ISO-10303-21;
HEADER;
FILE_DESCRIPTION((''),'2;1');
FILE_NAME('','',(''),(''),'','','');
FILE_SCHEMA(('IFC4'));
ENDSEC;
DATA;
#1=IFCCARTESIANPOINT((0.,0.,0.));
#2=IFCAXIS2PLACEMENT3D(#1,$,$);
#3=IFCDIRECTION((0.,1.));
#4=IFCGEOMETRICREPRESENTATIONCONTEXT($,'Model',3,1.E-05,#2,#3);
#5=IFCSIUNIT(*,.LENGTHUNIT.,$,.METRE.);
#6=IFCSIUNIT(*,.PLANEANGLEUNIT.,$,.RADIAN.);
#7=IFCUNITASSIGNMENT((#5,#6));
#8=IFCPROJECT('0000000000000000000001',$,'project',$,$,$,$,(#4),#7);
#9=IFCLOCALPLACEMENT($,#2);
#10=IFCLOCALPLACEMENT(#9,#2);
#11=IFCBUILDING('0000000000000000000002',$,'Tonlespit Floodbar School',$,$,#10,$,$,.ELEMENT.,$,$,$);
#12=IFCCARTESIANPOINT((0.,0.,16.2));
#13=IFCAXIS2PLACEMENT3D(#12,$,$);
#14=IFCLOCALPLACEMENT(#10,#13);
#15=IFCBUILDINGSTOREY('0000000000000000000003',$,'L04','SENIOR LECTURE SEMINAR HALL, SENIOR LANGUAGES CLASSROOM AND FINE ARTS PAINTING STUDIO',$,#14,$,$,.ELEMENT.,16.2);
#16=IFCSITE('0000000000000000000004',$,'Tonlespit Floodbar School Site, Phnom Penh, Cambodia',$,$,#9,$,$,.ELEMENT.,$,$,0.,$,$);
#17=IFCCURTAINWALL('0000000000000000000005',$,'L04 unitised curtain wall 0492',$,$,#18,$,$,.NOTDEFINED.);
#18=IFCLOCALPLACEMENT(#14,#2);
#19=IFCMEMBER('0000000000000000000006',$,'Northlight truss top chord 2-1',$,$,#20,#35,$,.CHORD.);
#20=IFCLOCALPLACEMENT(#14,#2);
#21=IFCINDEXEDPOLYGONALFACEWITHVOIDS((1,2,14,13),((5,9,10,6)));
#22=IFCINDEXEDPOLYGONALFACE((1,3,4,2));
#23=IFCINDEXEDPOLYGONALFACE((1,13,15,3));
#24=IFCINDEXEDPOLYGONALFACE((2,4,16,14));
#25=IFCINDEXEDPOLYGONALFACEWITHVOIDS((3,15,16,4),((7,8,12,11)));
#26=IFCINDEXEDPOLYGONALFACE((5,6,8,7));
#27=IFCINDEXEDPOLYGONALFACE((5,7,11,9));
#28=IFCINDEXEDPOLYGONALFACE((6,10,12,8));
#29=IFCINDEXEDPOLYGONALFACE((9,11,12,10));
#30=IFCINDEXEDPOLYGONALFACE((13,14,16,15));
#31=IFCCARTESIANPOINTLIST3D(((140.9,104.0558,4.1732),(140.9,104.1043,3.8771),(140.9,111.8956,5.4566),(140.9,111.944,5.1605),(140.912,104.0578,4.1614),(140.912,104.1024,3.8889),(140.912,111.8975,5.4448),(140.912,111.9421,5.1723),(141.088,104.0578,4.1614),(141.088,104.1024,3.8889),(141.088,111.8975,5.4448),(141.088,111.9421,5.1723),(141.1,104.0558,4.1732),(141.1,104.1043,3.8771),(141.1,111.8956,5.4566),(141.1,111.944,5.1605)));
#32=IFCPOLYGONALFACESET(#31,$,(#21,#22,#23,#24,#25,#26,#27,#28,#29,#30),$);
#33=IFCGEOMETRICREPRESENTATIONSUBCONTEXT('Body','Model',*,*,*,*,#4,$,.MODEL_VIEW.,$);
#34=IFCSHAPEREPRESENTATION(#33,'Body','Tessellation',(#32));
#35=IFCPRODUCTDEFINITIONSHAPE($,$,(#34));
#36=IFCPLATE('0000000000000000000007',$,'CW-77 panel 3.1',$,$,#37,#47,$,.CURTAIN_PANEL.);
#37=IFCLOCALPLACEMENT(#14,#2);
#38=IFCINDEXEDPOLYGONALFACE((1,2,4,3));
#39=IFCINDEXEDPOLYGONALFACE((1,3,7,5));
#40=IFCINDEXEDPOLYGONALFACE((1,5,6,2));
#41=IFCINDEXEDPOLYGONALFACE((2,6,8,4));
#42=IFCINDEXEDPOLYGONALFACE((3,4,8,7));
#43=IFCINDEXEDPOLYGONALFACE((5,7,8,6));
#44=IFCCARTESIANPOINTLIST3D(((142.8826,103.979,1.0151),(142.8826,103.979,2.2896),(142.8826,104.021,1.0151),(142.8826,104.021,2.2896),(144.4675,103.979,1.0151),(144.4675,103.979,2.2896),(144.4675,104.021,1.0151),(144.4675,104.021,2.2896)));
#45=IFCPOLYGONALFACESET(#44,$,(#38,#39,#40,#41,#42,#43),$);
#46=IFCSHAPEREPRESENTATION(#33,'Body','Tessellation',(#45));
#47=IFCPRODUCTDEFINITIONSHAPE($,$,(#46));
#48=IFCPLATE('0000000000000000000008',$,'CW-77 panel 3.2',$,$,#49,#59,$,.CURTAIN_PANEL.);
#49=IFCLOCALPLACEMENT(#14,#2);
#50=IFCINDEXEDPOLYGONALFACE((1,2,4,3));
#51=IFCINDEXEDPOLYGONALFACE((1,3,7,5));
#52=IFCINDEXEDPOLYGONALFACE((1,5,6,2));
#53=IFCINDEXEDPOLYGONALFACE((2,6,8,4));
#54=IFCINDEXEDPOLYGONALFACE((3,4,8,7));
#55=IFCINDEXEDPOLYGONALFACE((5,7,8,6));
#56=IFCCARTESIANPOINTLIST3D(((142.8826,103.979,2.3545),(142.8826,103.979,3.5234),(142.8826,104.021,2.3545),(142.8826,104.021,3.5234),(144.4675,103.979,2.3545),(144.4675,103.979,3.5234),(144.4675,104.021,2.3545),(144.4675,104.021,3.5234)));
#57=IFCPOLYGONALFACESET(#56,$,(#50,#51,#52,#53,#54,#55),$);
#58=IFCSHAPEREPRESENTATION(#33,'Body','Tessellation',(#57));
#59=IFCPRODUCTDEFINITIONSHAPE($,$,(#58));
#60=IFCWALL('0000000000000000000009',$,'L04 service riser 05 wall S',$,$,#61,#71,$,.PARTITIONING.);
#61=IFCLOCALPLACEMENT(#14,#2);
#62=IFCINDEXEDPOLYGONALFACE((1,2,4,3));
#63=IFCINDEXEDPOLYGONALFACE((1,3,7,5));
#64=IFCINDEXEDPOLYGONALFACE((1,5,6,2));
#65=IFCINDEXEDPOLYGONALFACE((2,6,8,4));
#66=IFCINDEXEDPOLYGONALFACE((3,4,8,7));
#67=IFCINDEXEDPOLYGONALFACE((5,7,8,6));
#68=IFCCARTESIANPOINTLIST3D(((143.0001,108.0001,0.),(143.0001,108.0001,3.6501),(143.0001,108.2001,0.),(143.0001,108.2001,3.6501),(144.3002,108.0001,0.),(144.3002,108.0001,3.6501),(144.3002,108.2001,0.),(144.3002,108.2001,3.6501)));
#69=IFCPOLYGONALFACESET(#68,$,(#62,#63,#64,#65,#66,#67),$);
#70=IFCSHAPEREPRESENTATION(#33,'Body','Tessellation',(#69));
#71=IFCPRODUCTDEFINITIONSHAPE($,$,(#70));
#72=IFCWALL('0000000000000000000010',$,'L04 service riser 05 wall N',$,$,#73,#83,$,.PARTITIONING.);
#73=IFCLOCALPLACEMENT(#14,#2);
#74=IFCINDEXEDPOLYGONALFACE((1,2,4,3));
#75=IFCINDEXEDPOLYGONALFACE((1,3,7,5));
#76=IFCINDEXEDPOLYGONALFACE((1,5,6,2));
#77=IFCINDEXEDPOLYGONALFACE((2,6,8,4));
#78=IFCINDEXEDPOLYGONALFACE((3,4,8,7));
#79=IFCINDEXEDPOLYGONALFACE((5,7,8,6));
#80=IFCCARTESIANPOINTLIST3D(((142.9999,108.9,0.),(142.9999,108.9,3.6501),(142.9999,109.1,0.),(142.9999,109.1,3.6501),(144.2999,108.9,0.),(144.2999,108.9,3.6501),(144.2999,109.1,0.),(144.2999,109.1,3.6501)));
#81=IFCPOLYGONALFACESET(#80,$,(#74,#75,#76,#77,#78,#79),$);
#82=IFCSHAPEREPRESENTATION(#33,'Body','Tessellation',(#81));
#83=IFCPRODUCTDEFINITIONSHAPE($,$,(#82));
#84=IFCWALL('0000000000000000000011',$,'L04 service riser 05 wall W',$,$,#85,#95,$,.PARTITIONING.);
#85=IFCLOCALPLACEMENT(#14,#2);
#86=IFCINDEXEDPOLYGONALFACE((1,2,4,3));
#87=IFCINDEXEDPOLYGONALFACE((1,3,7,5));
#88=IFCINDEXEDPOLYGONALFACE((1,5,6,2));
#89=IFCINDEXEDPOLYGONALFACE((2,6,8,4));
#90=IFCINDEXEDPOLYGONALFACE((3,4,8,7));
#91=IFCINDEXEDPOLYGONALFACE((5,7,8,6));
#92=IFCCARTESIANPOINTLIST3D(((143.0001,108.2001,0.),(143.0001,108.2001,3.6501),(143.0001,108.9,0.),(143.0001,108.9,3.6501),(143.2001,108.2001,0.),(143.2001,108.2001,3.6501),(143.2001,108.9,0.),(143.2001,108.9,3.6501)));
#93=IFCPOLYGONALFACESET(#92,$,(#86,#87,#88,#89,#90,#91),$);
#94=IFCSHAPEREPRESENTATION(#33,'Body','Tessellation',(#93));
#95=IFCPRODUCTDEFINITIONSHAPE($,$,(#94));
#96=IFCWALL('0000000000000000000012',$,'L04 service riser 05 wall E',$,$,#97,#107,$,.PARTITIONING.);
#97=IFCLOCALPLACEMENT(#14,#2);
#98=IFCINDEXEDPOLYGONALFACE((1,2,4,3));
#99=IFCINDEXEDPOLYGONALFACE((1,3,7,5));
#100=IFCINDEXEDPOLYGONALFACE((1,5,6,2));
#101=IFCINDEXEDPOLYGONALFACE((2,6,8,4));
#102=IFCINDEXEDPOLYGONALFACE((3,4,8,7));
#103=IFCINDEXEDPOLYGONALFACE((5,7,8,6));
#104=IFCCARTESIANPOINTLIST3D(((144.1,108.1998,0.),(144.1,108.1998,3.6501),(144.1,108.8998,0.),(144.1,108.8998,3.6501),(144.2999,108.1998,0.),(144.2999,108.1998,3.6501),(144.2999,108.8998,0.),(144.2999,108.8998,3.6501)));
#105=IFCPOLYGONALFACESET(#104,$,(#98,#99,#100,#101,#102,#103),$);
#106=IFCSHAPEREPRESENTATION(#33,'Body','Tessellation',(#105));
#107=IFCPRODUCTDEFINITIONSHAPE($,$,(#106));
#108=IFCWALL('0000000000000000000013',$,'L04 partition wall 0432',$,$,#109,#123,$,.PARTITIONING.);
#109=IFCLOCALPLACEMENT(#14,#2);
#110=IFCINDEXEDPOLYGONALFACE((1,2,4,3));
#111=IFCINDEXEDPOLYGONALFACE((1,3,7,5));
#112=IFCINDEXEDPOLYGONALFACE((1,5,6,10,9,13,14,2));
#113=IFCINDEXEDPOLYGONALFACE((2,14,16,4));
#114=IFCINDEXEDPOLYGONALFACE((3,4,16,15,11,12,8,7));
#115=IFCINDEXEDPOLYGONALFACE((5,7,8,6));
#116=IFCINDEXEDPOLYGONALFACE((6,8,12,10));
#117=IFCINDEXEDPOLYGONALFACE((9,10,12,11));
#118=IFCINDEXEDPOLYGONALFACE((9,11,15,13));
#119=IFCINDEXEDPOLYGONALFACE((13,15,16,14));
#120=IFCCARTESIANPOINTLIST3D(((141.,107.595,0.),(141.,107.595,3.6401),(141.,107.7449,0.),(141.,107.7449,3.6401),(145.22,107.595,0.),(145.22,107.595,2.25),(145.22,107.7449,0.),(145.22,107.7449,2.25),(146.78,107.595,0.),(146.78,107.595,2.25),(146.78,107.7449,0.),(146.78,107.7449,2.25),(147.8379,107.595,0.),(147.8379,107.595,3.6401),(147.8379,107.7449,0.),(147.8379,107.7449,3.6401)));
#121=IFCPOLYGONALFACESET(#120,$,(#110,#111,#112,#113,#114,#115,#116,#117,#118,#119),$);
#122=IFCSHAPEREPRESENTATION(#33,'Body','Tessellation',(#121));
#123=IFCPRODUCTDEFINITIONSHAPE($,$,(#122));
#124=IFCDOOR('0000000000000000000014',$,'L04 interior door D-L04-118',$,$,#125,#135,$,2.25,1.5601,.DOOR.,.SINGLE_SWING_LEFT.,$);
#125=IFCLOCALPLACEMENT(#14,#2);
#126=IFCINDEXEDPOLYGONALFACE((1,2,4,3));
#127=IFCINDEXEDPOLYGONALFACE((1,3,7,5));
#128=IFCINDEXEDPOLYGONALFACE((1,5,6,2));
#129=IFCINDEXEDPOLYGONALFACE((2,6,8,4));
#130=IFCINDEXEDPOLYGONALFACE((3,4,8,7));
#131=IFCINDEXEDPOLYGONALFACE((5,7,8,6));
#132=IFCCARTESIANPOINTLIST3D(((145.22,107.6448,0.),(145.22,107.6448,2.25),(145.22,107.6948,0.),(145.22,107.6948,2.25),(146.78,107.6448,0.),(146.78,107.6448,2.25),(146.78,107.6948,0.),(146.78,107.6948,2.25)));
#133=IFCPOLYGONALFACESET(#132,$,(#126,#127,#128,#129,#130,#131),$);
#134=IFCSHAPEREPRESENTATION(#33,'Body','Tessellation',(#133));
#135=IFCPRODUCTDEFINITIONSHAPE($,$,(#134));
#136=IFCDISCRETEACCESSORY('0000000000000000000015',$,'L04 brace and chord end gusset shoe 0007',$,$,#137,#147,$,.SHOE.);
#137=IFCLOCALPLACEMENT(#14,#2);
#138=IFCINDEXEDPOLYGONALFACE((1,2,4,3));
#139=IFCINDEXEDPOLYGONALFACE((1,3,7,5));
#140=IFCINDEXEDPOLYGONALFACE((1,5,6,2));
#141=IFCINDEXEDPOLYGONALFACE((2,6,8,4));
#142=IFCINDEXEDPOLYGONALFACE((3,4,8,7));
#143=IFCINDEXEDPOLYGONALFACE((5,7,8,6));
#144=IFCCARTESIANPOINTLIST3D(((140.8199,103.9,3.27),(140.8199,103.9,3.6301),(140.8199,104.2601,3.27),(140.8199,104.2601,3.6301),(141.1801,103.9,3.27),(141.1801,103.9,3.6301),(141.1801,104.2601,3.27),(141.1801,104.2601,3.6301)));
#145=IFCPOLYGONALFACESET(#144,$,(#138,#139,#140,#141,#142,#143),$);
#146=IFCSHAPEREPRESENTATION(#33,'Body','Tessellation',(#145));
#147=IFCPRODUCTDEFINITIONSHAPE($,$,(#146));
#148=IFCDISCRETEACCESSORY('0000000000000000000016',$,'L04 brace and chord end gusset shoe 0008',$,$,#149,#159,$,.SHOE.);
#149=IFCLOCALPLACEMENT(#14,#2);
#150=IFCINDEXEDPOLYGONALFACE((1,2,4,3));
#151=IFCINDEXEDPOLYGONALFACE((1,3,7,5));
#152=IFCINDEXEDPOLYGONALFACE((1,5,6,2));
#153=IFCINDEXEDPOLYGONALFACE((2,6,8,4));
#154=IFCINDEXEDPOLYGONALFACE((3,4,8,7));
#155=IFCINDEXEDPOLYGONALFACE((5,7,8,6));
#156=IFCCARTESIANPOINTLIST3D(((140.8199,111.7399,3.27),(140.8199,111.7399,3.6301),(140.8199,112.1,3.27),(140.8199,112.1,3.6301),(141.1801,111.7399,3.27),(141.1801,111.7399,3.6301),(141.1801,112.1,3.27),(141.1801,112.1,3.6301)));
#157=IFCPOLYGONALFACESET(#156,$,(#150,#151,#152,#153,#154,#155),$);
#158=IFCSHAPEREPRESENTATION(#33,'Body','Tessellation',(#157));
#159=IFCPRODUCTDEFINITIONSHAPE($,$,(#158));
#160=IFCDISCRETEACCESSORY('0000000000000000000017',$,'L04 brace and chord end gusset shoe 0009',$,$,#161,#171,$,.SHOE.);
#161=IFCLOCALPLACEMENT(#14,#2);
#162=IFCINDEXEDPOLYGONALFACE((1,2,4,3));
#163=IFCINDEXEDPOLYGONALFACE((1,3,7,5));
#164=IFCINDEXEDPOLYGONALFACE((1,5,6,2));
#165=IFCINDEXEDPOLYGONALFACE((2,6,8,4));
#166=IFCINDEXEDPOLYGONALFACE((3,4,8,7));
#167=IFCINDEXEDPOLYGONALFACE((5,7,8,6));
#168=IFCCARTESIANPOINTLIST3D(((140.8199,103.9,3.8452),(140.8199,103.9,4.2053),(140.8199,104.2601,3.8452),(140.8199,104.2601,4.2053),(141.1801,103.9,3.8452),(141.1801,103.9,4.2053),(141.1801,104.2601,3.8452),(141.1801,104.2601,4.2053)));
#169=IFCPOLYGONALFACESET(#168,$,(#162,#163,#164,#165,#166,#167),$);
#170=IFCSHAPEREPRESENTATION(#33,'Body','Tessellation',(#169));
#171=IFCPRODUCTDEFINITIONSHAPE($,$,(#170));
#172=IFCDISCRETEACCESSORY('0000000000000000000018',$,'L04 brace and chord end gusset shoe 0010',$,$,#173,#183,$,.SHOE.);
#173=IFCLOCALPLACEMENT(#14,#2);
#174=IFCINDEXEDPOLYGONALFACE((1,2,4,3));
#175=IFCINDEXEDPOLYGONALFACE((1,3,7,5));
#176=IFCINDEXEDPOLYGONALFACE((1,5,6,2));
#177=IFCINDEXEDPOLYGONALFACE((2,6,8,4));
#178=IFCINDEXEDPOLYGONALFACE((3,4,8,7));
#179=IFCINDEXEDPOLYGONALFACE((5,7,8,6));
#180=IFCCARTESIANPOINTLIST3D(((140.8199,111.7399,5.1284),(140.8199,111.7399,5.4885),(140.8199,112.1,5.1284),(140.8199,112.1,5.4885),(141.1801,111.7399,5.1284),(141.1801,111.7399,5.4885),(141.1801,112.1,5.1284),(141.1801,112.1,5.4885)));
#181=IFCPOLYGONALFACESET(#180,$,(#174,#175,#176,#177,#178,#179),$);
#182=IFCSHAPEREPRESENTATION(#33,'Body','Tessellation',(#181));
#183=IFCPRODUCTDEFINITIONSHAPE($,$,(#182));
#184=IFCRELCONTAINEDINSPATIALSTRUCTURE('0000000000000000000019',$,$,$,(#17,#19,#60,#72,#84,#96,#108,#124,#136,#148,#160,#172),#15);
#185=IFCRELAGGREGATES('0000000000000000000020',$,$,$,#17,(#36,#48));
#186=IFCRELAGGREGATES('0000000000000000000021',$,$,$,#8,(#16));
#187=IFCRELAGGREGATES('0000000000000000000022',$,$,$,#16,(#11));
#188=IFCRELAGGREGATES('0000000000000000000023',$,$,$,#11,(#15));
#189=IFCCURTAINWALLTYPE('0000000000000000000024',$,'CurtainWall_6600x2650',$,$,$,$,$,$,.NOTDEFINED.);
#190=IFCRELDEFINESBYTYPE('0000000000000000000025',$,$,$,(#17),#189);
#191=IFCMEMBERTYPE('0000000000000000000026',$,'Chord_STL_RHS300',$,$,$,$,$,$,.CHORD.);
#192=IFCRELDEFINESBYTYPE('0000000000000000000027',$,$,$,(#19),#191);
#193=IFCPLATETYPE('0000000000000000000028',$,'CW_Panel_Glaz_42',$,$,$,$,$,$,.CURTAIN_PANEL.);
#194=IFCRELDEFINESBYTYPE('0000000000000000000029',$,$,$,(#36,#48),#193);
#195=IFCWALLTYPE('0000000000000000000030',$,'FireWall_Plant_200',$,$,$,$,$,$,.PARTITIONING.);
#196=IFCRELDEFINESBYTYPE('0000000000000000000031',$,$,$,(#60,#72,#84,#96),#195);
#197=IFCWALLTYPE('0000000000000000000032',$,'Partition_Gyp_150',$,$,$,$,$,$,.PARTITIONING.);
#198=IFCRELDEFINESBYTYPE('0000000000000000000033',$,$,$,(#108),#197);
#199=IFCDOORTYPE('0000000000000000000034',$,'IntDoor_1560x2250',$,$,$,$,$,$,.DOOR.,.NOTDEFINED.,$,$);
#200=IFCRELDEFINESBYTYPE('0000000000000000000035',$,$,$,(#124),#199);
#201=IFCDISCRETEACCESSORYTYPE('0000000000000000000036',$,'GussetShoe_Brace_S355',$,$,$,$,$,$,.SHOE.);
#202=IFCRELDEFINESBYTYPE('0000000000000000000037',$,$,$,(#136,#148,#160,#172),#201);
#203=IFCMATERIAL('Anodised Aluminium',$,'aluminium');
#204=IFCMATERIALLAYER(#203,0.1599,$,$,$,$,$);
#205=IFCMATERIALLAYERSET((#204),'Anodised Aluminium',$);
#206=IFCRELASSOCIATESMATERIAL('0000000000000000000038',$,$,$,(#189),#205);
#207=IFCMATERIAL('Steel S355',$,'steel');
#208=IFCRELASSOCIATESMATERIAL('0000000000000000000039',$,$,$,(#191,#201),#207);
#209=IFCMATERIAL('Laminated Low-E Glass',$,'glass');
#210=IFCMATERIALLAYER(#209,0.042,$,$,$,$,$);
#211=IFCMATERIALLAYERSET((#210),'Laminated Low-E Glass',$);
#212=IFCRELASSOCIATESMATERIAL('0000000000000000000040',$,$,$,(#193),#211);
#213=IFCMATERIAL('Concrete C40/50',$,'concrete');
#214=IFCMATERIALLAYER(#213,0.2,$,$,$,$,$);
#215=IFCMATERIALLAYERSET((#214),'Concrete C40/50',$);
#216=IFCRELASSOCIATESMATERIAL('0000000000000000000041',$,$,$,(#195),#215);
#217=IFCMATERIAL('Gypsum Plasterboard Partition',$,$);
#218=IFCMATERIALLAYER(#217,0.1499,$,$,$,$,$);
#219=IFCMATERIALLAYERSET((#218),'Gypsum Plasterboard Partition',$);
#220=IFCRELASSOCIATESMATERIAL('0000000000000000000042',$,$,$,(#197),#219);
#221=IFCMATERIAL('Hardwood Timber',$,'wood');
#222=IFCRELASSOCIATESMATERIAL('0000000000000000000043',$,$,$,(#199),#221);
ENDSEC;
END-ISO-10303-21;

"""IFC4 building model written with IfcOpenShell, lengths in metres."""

from ifc_helpers import new_model, si_unit, direction, frame, frame_2d, origin, origin_2d, place, context, subcontext, project, spatial, rectangle, hollow_rectangle, extrude, material, layer, layer_set, material_profile, profile_set, type_object, element, fill, aggregate, save


model = new_model("IFC4")

# Units and contexts
model_context = context("Model", 3, precision=1e-05, world=origin(), true_north=direction((0.0, 1.0)))
body_context = subcontext(model_context, "Body", "Model", "MODEL_VIEW")
ifc_project = project(units=[si_unit("LENGTHUNIT", "METRE"), si_unit("PLANEANGLEUNIT", "RADIAN")], contexts=[model_context])

# Site, building, storey
site_placement = place(None, origin())
site = spatial("IfcSite", under=ifc_project, at=site_placement, Name="Tonlespit Floodbar School Site, Phnom Penh, Cambodia", CompositionType="ELEMENT", RefElevation=0.0)
building_placement = place(site_placement, origin())
building = spatial("IfcBuilding", under=site, at=building_placement, Name="Tonlespit Floodbar School", CompositionType="ELEMENT")
storey_placement = place(building_placement, frame((0.0, 0.0, 16.2)))
storey = spatial("IfcBuildingStorey", under=building, at=storey_placement, Name="L04", Description="SENIOR LECTURE SEMINAR HALL, SENIOR LANGUAGES CLASSROOM AND FINE ARTS PAINTING STUDIO", CompositionType="ELEMENT", Elevation=16.2)

# Shared definitions
ifc_material_1 = material(Name="Steel S355", Category="steel")

# Curtain wall
ifc_material_2 = material(Name="Anodised Aluminium", Category="aluminium")
ifc_layer_1 = layer(ifc_material_2, 0.1599)
ifc_layer_set_1 = layer_set([ifc_layer_1], Name="Anodised Aluminium")
curtain_wall_type = type_object("IfcCurtainWallType", Name="CurtainWall_6600x2650", PredefinedType="NOTDEFINED", material=ifc_layer_set_1)
curtain_wall_placement = place(storey_placement, origin())
curtain_wall = element("IfcCurtainWall", 1, at=curtain_wall_placement, inside=storey, type_object=curtain_wall_type, Name="L04 unitised curtain wall 0492", PredefinedType="NOTDEFINED")

# Member
ifc_material_profile_1 = material_profile(ifc_material_1, hollow_rectangle(XDim=0.2, YDim=0.3, WallThickness=0.012, at=origin_2d()), Name="RHS 300x200x12")
ifc_profile_set_1 = profile_set([ifc_material_profile_1], Name="Steel S355")
member_type_1 = type_object("IfcMemberType", Name="Chord_STL_RHS300", PredefinedType="CHORD", material=ifc_profile_set_1)
member_1_placement = place(storey_placement, frame((141.0, 104.0801, 4.0251), z_axis=(0.0, 0.986863, 0.161558), x_axis=(-1.0, 0.0, 0.0)))
element("IfcMember", 2, at=member_1_placement, inside=storey, type_object=member_type_1, Name="Northlight truss top chord 2-1", PredefinedType="CHORD", context=body_context, shape_type="SweptSolid", body=[
    extrude(hollow_rectangle(XDim=0.2, YDim=0.3, WallThickness=0.012, at=origin_2d()), origin(), (0.0, 0.0, 1.0), 7.9441),
])

# Plates
ifc_material_3 = material(Name="Laminated Low-E Glass", Category="glass")
ifc_layer_2 = layer(ifc_material_3, 0.042)
ifc_layer_set_2 = layer_set([ifc_layer_2], Name="Laminated Low-E Glass")
plate_type = type_object("IfcPlateType", Name="CW_Panel_Glaz_42", PredefinedType="CURTAIN_PANEL", material=ifc_layer_set_2)
plate_1_placement = place(storey_placement, frame((143.675, 104.0, 1.0151), z_axis=(0.0, 0.0, 1.0), x_axis=(-1.0, 0.0, 0.0)))
plate_1 = element("IfcPlate", 3, at=plate_1_placement, type_object=plate_type, Name="CW-77 panel 3.1", PredefinedType="CURTAIN_PANEL", context=body_context, shape_type="SweptSolid", body=[
    extrude(rectangle(XDim=1.585, YDim=0.042, at=origin_2d()), origin(), (0.0, 0.0, 1.0), 1.2744),
])
plate_2_placement = place(storey_placement, frame((143.675, 104.0, 2.3545), z_axis=(0.0, 0.0, 1.0), x_axis=(-1.0, 0.0, 0.0)))
plate_2 = element("IfcPlate", 4, at=plate_2_placement, type_object=plate_type, Name="CW-77 panel 3.2", PredefinedType="CURTAIN_PANEL", context=body_context, shape_type="SweptSolid", body=[
    extrude(rectangle(XDim=1.585, YDim=0.042, at=origin_2d()), origin(), (0.0, 0.0, 1.0), 1.1689),
])
aggregate(curtain_wall, [plate_1, plate_2])

# Walls
ifc_material_4 = material(Name="Concrete C40/50", Category="concrete")
ifc_layer_3 = layer(ifc_material_4, 0.2)
ifc_layer_set_3 = layer_set([ifc_layer_3], Name="Concrete C40/50")
wall_type_1 = type_object("IfcWallType", Name="FireWall_Plant_200", PredefinedType="PARTITIONING", material=ifc_layer_set_3)
for number, where, z_axis, x_axis, name in (
    (5, (144.3, 108.1001, 0.0), (0.0, 0.0, 1.0), (-1.0, 0.0, 0.0), "L04 service riser 05 wall S"),
    (6, (143.0, 109.0, 0.0), (0.0, 0.0, 1.0), (1.0, 0.0, 0.0), "L04 service riser 05 wall N"),
):
    element("IfcWall", number, at=place(storey_placement, frame(where, z_axis=z_axis, x_axis=x_axis)), inside=storey, type_object=wall_type_1, Name=name, PredefinedType="PARTITIONING", context=body_context, shape_type="SweptSolid", body=[
        extrude(rectangle(XDim=1.3, YDim=0.2, at=frame_2d((0.6499, 0.0))), origin(), (0.0, 0.0, 1.0), 3.6501),
    ])
for number, where, z_axis, x_axis, name in (
    (7, (143.1001, 108.2, 0.0), (0.0, 0.0, 1.0), (0.0, 1.0, 0.0), "L04 service riser 05 wall W"),
    (8, (144.2, 108.8999, 0.0), (0.0, 0.0, 1.0), (0.0, -1.0, 0.0), "L04 service riser 05 wall E"),
):
    element("IfcWall", number, at=place(storey_placement, frame(where, z_axis=z_axis, x_axis=x_axis)), inside=storey, type_object=wall_type_1, Name=name, PredefinedType="PARTITIONING", context=body_context, shape_type="SweptSolid", body=[
        extrude(rectangle(XDim=0.7, YDim=0.2, at=frame_2d((0.3501, 0.0))), origin(), (0.0, 0.0, 1.0), 3.6501),
    ])

# Wall, opening, door
ifc_material_5 = material(Name="Gypsum Plasterboard Partition")
ifc_layer_4 = layer(ifc_material_5, 0.1499)
ifc_layer_set_4 = layer_set([ifc_layer_4], Name="Gypsum Plasterboard Partition")
wall_type_2 = type_object("IfcWallType", Name="Partition_Gyp_150", PredefinedType="PARTITIONING", material=ifc_layer_set_4)
wall_placement = place(storey_placement, frame((141.0, 107.6699, 0.0), z_axis=(0.0, 0.0, 1.0), x_axis=(1.0, 0.0, 0.0)))
wall = element("IfcWall", 9, at=wall_placement, inside=storey, type_object=wall_type_2, Name="L04 partition wall 0432", PredefinedType="PARTITIONING", context=body_context, shape_type="SweptSolid", body=[
    extrude(rectangle(XDim=6.8379, YDim=0.1499, at=frame_2d((3.4189, 0.0))), origin(), (0.0, 0.0, 1.0), 3.6401),
])
opening_placement = place(wall_placement, frame((4.22, 0.0, 0.0)))
opening = element("IfcOpeningElement", 10, at=opening_placement, cuts=wall, PredefinedType="OPENING", context=body_context, shape_type="SweptSolid", body=[
    extrude(rectangle(XDim=1.5601, YDim=2.25, at=frame_2d((0.78, 1.125))), frame((0.0, 0.085, 0.0), z_axis=(0.0, -1.0, 0.0), x_axis=(1.0, 0.0, 0.0)), (0.0, 0.0, 1.0), 0.1699),
])
ifc_material_6 = material(Name="Hardwood Timber", Category="wood")
door_type = type_object("IfcDoorType", Name="IntDoor_1560x2250", OperationType="NOTDEFINED", PredefinedType="DOOR", material=ifc_material_6)
door_placement = place(opening_placement, origin())
door = element("IfcDoor", 11, at=door_placement, inside=storey, type_object=door_type, Name="L04 interior door D-L04-118", OperationType="SINGLE_SWING_LEFT", OverallHeight=2.25, OverallWidth=1.5601, PredefinedType="DOOR", context=body_context, shape_type="SweptSolid", body=[
    extrude(rectangle(XDim=1.5601, YDim=2.25, at=frame_2d((0.78, 1.125))), frame((0.0, 0.0249, 0.0), z_axis=(0.0, -1.0, 0.0), x_axis=(1.0, 0.0, 0.0)), (0.0, 0.0, 1.0), 0.05),
])
fill(opening, door)

# Discrete accessories
discrete_accessory_type = type_object("IfcDiscreteAccessoryType", Name="GussetShoe_Brace_S355", PredefinedType="SHOE", material=ifc_material_1)
for number, where, z_axis, x_axis, name in (
    (12, (141.0, 104.0801, 3.27), (0.0, 0.0, 1.0), (1.0, 0.0, 0.0), "L04 brace and chord end gusset shoe 0007"),
    (13, (141.0, 111.9199, 3.27), (0.0, 0.0, 1.0), (1.0, 0.0, 0.0), "L04 brace and chord end gusset shoe 0008"),
    (14, (141.0, 104.0801, 3.8452), (0.0, 0.0, 1.0), (1.0, 0.0, 0.0), "L04 brace and chord end gusset shoe 0009"),
    (15, (141.0, 111.9199, 5.1284), (0.0, 0.0, 1.0), (1.0, 0.0, 0.0), "L04 brace and chord end gusset shoe 0010"),
):
    element("IfcDiscreteAccessory", number, at=place(storey_placement, frame(where, z_axis=z_axis, x_axis=x_axis)), inside=storey, type_object=discrete_accessory_type, Name=name, PredefinedType="SHOE", context=body_context, shape_type="SweptSolid", body=[
        extrude(rectangle(XDim=0.3601, YDim=0.3601, at=origin_2d()), origin(), (0.0, 0.0, 1.0), 0.3601),
    ])

save(model, "model.ifc")
